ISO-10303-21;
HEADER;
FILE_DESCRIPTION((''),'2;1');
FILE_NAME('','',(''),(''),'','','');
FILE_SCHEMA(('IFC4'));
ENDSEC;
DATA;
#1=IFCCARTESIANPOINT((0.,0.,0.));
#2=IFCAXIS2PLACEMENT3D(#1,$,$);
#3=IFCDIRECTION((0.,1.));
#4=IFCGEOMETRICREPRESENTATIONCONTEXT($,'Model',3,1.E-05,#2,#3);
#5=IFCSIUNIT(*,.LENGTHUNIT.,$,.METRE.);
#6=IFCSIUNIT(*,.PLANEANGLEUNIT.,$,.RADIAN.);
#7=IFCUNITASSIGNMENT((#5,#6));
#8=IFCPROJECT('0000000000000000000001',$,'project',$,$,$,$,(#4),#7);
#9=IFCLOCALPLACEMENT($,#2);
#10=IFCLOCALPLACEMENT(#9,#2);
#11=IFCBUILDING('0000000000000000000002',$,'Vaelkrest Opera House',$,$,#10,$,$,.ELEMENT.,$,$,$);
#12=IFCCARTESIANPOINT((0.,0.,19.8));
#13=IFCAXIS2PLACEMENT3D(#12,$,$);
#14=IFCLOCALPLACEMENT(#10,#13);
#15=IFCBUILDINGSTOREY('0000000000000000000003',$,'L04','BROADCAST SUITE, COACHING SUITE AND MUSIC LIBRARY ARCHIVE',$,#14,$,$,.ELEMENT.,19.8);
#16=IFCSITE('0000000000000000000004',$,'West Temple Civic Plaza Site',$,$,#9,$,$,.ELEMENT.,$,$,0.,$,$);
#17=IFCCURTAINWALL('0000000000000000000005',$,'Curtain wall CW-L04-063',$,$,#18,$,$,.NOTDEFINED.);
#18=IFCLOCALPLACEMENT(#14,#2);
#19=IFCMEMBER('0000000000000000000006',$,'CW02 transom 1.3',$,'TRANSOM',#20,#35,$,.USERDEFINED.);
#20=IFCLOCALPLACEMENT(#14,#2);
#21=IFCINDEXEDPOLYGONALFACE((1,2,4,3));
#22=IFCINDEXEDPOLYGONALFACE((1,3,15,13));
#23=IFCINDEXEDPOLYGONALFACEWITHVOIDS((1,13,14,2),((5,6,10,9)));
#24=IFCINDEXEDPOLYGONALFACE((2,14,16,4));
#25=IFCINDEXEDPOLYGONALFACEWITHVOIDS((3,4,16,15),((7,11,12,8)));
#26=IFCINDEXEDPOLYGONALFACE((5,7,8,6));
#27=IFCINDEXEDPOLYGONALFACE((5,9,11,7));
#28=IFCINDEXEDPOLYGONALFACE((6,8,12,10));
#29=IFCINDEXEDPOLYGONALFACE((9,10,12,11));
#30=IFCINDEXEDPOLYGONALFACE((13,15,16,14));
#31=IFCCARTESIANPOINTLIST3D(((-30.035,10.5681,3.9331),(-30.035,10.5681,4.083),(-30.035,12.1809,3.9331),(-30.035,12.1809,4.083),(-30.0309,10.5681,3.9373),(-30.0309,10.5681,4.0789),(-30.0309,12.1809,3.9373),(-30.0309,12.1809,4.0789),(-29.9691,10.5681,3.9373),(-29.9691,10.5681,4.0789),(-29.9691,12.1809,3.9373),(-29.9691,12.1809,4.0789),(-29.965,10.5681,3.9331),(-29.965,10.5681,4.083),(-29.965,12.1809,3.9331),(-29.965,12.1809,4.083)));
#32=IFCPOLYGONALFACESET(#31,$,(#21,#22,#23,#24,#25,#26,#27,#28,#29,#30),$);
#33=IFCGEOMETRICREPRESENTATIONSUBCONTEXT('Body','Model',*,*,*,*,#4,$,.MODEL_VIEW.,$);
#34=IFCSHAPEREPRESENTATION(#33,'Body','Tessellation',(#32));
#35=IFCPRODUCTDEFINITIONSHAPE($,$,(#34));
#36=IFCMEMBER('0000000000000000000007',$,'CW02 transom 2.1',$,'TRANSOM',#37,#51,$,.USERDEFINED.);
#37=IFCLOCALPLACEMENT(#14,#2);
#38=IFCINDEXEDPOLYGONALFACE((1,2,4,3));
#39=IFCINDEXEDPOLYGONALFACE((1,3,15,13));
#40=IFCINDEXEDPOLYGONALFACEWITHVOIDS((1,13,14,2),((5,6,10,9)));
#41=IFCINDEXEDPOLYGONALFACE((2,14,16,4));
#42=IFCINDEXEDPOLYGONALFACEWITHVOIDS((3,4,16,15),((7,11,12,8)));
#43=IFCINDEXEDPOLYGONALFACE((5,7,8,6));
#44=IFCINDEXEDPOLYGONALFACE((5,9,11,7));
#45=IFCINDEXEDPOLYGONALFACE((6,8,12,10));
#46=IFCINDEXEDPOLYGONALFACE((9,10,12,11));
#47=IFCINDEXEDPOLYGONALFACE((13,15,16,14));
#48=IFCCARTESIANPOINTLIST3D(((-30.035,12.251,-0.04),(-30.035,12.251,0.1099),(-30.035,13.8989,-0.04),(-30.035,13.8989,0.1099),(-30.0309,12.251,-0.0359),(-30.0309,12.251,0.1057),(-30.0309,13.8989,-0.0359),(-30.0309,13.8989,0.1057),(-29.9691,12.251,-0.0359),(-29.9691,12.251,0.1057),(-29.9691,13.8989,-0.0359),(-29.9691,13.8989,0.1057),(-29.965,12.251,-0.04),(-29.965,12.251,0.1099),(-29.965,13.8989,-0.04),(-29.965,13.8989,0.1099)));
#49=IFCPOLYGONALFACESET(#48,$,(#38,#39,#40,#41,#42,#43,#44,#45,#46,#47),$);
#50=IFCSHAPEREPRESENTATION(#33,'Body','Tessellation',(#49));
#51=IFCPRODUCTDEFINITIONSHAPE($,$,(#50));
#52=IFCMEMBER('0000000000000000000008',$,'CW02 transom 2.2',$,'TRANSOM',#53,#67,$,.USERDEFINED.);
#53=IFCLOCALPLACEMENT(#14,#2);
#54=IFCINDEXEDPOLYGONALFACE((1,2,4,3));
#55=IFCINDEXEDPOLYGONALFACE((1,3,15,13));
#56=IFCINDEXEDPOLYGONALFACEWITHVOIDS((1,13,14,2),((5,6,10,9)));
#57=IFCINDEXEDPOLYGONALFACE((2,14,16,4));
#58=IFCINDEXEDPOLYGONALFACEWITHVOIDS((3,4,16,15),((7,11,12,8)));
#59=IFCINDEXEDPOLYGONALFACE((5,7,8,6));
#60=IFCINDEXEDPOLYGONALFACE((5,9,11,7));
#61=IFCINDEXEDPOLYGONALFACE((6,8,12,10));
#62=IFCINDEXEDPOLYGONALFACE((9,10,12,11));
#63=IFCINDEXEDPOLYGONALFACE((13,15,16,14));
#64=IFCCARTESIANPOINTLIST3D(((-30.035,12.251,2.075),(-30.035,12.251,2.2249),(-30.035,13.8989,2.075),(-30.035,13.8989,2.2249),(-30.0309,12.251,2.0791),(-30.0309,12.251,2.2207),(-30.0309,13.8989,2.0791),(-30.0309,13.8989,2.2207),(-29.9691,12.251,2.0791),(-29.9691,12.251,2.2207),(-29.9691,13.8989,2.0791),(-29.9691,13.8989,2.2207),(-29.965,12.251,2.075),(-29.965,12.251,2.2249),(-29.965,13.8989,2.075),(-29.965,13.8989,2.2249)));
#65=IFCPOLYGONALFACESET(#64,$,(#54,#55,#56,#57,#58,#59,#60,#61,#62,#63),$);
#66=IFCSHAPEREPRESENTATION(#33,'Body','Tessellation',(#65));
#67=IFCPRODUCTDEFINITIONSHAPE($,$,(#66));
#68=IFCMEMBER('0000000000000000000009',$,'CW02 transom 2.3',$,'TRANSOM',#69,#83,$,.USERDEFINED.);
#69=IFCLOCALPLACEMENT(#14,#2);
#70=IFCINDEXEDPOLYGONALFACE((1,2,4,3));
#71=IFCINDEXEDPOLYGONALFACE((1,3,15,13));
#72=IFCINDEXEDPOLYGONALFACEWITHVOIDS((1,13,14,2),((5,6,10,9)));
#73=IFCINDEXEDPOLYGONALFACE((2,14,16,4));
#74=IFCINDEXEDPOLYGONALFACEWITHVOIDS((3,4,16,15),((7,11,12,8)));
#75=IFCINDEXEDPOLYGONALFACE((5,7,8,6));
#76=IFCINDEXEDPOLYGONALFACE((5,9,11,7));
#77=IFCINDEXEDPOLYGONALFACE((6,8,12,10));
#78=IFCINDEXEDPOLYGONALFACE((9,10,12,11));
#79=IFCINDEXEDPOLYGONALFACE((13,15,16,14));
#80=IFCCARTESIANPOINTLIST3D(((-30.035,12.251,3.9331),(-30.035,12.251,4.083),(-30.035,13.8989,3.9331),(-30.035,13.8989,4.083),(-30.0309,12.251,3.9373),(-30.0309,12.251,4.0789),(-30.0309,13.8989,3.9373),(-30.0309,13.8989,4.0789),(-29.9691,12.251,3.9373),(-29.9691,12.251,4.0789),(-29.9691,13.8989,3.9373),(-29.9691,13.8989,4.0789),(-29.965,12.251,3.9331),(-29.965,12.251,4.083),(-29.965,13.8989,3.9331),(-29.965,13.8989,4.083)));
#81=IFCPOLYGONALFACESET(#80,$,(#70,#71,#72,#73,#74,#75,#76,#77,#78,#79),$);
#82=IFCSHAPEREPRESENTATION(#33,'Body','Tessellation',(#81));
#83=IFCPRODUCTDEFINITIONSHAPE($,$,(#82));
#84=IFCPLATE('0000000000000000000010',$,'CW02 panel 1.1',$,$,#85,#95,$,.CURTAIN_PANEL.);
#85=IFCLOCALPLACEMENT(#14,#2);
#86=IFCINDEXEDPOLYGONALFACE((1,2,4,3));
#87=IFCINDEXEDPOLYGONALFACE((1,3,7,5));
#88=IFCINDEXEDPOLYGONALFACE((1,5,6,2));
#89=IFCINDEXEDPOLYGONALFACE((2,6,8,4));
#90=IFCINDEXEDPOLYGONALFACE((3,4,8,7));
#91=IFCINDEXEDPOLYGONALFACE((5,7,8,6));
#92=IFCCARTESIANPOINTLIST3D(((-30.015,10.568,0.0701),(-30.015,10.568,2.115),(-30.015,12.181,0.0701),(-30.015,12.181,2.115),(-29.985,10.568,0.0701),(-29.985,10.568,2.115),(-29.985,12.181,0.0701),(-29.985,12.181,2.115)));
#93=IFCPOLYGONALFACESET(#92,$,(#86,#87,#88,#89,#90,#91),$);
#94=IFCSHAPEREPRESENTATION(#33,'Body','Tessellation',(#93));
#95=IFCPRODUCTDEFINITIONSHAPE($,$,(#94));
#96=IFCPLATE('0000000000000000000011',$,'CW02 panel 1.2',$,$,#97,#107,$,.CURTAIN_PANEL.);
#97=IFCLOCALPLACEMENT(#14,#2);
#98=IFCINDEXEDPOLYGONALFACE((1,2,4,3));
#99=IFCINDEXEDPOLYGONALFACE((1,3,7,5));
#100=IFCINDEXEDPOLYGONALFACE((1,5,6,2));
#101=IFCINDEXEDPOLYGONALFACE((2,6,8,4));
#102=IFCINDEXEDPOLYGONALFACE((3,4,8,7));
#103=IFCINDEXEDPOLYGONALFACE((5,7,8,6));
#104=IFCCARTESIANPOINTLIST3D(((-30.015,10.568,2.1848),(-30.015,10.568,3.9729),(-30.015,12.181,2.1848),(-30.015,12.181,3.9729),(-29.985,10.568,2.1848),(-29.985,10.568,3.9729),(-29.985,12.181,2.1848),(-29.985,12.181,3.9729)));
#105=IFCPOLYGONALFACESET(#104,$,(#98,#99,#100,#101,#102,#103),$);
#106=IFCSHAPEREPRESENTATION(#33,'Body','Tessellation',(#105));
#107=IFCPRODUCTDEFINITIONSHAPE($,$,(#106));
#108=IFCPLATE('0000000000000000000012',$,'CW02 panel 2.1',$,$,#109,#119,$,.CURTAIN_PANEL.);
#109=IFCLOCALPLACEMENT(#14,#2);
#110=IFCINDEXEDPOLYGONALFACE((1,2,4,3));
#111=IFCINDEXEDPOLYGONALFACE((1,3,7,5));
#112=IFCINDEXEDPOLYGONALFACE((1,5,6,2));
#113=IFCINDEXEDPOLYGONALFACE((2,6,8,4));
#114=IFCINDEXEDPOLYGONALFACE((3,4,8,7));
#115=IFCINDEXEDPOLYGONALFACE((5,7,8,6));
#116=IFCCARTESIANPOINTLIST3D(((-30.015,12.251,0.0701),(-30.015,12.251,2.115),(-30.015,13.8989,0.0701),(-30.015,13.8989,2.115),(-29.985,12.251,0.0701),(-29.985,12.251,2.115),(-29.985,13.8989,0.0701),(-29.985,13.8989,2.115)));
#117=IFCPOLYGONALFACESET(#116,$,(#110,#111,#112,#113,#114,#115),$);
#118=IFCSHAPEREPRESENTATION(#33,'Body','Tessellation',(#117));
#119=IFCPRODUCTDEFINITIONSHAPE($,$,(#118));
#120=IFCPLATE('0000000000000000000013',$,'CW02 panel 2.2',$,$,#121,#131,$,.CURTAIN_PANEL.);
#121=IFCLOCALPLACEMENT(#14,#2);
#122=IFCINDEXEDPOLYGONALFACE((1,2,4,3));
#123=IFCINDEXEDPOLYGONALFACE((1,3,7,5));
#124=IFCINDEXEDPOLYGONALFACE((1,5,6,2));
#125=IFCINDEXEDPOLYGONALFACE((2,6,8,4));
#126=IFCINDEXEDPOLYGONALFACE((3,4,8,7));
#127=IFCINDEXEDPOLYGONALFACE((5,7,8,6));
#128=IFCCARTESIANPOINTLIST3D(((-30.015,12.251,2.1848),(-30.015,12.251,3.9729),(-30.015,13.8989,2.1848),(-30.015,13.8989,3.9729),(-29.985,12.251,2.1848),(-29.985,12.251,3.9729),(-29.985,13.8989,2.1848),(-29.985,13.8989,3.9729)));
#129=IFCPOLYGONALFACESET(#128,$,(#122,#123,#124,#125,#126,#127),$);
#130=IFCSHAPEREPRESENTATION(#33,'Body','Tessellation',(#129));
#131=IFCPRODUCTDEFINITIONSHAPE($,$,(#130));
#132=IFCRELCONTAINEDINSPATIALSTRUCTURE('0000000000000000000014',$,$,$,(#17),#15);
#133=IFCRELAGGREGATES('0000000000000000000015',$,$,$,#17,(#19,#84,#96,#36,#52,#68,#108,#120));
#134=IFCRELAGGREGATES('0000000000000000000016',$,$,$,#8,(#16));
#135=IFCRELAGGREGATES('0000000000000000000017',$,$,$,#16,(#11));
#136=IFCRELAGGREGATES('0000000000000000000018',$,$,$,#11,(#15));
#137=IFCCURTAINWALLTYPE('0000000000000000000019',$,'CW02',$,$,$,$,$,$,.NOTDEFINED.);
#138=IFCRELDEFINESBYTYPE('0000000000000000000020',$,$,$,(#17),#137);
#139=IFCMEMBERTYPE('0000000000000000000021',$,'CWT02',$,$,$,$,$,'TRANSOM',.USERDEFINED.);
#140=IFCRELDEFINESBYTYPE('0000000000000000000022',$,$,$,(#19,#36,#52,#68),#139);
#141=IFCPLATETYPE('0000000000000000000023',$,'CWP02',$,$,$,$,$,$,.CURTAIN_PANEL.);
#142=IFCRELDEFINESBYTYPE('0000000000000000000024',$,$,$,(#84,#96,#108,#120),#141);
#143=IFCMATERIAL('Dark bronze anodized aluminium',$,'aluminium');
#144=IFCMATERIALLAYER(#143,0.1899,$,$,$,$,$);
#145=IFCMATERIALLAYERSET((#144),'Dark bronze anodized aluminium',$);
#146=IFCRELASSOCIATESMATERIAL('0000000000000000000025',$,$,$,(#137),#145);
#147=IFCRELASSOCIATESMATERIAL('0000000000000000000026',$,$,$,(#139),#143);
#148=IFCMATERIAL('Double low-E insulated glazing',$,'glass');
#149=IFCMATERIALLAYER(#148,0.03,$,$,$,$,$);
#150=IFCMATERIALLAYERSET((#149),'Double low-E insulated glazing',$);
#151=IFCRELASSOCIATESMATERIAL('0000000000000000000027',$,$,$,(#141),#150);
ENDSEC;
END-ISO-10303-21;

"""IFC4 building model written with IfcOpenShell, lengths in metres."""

from ifc_helpers import new_model, si_unit, direction, frame, origin, origin_2d, place, context, subcontext, project, spatial, rectangle, hollow_rectangle, extrude, material, layer, layer_set, material_profile, profile_set, type_object, element, aggregate, save


model = new_model("IFC4")

# Units and contexts
model_context = context("Model", 3, precision=1e-05, world=origin(), true_north=direction((0.0, 1.0)))
body_context = subcontext(model_context, "Body", "Model", "MODEL_VIEW")
ifc_project = project(units=[si_unit("LENGTHUNIT", "METRE"), si_unit("PLANEANGLEUNIT", "RADIAN")], contexts=[model_context])

# Site, building, storey
site_placement = place(None, origin())
site = spatial("IfcSite", under=ifc_project, at=site_placement, Name="West Temple Civic Plaza Site", CompositionType="ELEMENT", RefElevation=0.0)
building_placement = place(site_placement, origin())
building = spatial("IfcBuilding", under=site, at=building_placement, Name="Vaelkrest Opera House", CompositionType="ELEMENT")
storey_placement = place(building_placement, frame((0.0, 0.0, 19.8)))
storey = spatial("IfcBuildingStorey", under=building, at=storey_placement, Name="L04", Description="BROADCAST SUITE, COACHING SUITE AND MUSIC LIBRARY ARCHIVE", CompositionType="ELEMENT", Elevation=19.8)

# Curtain wall, members, plates
ifc_material_1 = material(Name="Dark bronze anodized aluminium", Category="aluminium")
ifc_layer_1 = layer(ifc_material_1, 0.1899)
ifc_layer_set_1 = layer_set([ifc_layer_1], Name="Dark bronze anodized aluminium")
curtain_wall_type = type_object("IfcCurtainWallType", Name="CW02", PredefinedType="NOTDEFINED", material=ifc_layer_set_1)
curtain_wall_placement = place(storey_placement, origin())
curtain_wall = element("IfcCurtainWall", 1, at=curtain_wall_placement, inside=storey, type_object=curtain_wall_type, Name="Curtain wall CW-L04-063", PredefinedType="NOTDEFINED")
ifc_material_profile_1 = material_profile(ifc_material_1, hollow_rectangle(XDim=0.0701, YDim=0.1499, WallThickness=0.0042, at=origin_2d()), Name="CWT70X150")
ifc_profile_set_1 = profile_set([ifc_material_profile_1], Name="Dark bronze anodized aluminium")
member_type_1 = type_object("IfcMemberType", Name="CWT02", ElementType="TRANSOM", PredefinedType="USERDEFINED", material=ifc_profile_set_1)
member_1_placement = place(storey_placement, frame((-30.0, 10.5681, 4.0081), z_axis=(0.0, 1.0, 0.0), x_axis=(-1.0, 0.0, 0.0)))
member_1 = element("IfcMember", 2, at=member_1_placement, type_object=member_type_1, Name="CW02 transom 1.3", ObjectType="TRANSOM", PredefinedType="USERDEFINED", context=body_context, shape_type="SweptSolid", body=[
    extrude(hollow_rectangle(XDim=0.0701, YDim=0.1499, WallThickness=0.0042, at=origin_2d()), origin(), (0.0, 0.0, 1.0), 1.6128),
])
member_2_placement = place(storey_placement, frame((-30.0, 12.251, 0.0349), z_axis=(0.0, 1.0, 0.0), x_axis=(-1.0, 0.0, 0.0)))
member_2 = element("IfcMember", 3, at=member_2_placement, type_object=member_type_1, Name="CW02 transom 2.1", ObjectType="TRANSOM", PredefinedType="USERDEFINED", context=body_context, shape_type="SweptSolid", body=[
    extrude(hollow_rectangle(XDim=0.0701, YDim=0.1499, WallThickness=0.0042, at=origin_2d()), origin(), (0.0, 0.0, 1.0), 1.6479),
])
member_3_placement = place(storey_placement, frame((-30.0, 12.251, 2.1499), z_axis=(0.0, 1.0, 0.0), x_axis=(-1.0, 0.0, 0.0)))
member_3 = element("IfcMember", 4, at=member_3_placement, type_object=member_type_1, Name="CW02 transom 2.2", ObjectType="TRANSOM", PredefinedType="USERDEFINED", context=body_context, shape_type="SweptSolid", body=[
    extrude(hollow_rectangle(XDim=0.0701, YDim=0.1499, WallThickness=0.0042, at=origin_2d()), origin(), (0.0, 0.0, 1.0), 1.6479),
])
member_4_placement = place(storey_placement, frame((-30.0, 12.251, 4.0081), z_axis=(0.0, 1.0, 0.0), x_axis=(-1.0, 0.0, 0.0)))
member_4 = element("IfcMember", 5, at=member_4_placement, type_object=member_type_1, Name="CW02 transom 2.3", ObjectType="TRANSOM", PredefinedType="USERDEFINED", context=body_context, shape_type="SweptSolid", body=[
    extrude(hollow_rectangle(XDim=0.0701, YDim=0.1499, WallThickness=0.0042, at=origin_2d()), origin(), (0.0, 0.0, 1.0), 1.6479),
])
ifc_material_2 = material(Name="Double low-E insulated glazing", Category="glass")
ifc_layer_2 = layer(ifc_material_2, 0.03)
ifc_layer_set_2 = layer_set([ifc_layer_2], Name="Double low-E insulated glazing")
plate_type = type_object("IfcPlateType", Name="CWP02", PredefinedType="CURTAIN_PANEL", material=ifc_layer_set_2)
plate_1_placement = place(storey_placement, frame((-30.0, 11.3745, 0.0701), z_axis=(0.0, 0.0, 1.0), x_axis=(0.0, 1.0, 0.0)))
plate_1 = element("IfcPlate", 6, at=plate_1_placement, type_object=plate_type, Name="CW02 panel 1.1", PredefinedType="CURTAIN_PANEL", context=body_context, shape_type="SweptSolid", body=[
    extrude(rectangle(XDim=1.613, YDim=0.03, at=origin_2d()), origin(), (0.0, 0.0, 1.0), 2.0449),
])
plate_2_placement = place(storey_placement, frame((-30.0, 11.3745, 2.1848), z_axis=(0.0, 0.0, 1.0), x_axis=(0.0, 1.0, 0.0)))
plate_2 = element("IfcPlate", 7, at=plate_2_placement, type_object=plate_type, Name="CW02 panel 1.2", PredefinedType="CURTAIN_PANEL", context=body_context, shape_type="SweptSolid", body=[
    extrude(rectangle(XDim=1.613, YDim=0.03, at=origin_2d()), origin(), (0.0, 0.0, 1.0), 1.7881),
])
plate_3_placement = place(storey_placement, frame((-30.0, 13.075, 0.0701), z_axis=(0.0, 0.0, 1.0), x_axis=(0.0, 1.0, 0.0)))
plate_3 = element("IfcPlate", 8, at=plate_3_placement, type_object=plate_type, Name="CW02 panel 2.1", PredefinedType="CURTAIN_PANEL", context=body_context, shape_type="SweptSolid", body=[
    extrude(rectangle(XDim=1.6479, YDim=0.03, at=origin_2d()), origin(), (0.0, 0.0, 1.0), 2.0449),
])
plate_4_placement = place(storey_placement, frame((-30.0, 13.075, 2.1848), z_axis=(0.0, 0.0, 1.0), x_axis=(0.0, 1.0, 0.0)))
plate_4 = element("IfcPlate", 9, at=plate_4_placement, type_object=plate_type, Name="CW02 panel 2.2", PredefinedType="CURTAIN_PANEL", context=body_context, shape_type="SweptSolid", body=[
    extrude(rectangle(XDim=1.6479, YDim=0.03, at=origin_2d()), origin(), (0.0, 0.0, 1.0), 1.7881),
])
aggregate(curtain_wall, [member_1, plate_1, plate_2, member_2, member_3, member_4, plate_3, plate_4])

save(model, "model.ifc")
